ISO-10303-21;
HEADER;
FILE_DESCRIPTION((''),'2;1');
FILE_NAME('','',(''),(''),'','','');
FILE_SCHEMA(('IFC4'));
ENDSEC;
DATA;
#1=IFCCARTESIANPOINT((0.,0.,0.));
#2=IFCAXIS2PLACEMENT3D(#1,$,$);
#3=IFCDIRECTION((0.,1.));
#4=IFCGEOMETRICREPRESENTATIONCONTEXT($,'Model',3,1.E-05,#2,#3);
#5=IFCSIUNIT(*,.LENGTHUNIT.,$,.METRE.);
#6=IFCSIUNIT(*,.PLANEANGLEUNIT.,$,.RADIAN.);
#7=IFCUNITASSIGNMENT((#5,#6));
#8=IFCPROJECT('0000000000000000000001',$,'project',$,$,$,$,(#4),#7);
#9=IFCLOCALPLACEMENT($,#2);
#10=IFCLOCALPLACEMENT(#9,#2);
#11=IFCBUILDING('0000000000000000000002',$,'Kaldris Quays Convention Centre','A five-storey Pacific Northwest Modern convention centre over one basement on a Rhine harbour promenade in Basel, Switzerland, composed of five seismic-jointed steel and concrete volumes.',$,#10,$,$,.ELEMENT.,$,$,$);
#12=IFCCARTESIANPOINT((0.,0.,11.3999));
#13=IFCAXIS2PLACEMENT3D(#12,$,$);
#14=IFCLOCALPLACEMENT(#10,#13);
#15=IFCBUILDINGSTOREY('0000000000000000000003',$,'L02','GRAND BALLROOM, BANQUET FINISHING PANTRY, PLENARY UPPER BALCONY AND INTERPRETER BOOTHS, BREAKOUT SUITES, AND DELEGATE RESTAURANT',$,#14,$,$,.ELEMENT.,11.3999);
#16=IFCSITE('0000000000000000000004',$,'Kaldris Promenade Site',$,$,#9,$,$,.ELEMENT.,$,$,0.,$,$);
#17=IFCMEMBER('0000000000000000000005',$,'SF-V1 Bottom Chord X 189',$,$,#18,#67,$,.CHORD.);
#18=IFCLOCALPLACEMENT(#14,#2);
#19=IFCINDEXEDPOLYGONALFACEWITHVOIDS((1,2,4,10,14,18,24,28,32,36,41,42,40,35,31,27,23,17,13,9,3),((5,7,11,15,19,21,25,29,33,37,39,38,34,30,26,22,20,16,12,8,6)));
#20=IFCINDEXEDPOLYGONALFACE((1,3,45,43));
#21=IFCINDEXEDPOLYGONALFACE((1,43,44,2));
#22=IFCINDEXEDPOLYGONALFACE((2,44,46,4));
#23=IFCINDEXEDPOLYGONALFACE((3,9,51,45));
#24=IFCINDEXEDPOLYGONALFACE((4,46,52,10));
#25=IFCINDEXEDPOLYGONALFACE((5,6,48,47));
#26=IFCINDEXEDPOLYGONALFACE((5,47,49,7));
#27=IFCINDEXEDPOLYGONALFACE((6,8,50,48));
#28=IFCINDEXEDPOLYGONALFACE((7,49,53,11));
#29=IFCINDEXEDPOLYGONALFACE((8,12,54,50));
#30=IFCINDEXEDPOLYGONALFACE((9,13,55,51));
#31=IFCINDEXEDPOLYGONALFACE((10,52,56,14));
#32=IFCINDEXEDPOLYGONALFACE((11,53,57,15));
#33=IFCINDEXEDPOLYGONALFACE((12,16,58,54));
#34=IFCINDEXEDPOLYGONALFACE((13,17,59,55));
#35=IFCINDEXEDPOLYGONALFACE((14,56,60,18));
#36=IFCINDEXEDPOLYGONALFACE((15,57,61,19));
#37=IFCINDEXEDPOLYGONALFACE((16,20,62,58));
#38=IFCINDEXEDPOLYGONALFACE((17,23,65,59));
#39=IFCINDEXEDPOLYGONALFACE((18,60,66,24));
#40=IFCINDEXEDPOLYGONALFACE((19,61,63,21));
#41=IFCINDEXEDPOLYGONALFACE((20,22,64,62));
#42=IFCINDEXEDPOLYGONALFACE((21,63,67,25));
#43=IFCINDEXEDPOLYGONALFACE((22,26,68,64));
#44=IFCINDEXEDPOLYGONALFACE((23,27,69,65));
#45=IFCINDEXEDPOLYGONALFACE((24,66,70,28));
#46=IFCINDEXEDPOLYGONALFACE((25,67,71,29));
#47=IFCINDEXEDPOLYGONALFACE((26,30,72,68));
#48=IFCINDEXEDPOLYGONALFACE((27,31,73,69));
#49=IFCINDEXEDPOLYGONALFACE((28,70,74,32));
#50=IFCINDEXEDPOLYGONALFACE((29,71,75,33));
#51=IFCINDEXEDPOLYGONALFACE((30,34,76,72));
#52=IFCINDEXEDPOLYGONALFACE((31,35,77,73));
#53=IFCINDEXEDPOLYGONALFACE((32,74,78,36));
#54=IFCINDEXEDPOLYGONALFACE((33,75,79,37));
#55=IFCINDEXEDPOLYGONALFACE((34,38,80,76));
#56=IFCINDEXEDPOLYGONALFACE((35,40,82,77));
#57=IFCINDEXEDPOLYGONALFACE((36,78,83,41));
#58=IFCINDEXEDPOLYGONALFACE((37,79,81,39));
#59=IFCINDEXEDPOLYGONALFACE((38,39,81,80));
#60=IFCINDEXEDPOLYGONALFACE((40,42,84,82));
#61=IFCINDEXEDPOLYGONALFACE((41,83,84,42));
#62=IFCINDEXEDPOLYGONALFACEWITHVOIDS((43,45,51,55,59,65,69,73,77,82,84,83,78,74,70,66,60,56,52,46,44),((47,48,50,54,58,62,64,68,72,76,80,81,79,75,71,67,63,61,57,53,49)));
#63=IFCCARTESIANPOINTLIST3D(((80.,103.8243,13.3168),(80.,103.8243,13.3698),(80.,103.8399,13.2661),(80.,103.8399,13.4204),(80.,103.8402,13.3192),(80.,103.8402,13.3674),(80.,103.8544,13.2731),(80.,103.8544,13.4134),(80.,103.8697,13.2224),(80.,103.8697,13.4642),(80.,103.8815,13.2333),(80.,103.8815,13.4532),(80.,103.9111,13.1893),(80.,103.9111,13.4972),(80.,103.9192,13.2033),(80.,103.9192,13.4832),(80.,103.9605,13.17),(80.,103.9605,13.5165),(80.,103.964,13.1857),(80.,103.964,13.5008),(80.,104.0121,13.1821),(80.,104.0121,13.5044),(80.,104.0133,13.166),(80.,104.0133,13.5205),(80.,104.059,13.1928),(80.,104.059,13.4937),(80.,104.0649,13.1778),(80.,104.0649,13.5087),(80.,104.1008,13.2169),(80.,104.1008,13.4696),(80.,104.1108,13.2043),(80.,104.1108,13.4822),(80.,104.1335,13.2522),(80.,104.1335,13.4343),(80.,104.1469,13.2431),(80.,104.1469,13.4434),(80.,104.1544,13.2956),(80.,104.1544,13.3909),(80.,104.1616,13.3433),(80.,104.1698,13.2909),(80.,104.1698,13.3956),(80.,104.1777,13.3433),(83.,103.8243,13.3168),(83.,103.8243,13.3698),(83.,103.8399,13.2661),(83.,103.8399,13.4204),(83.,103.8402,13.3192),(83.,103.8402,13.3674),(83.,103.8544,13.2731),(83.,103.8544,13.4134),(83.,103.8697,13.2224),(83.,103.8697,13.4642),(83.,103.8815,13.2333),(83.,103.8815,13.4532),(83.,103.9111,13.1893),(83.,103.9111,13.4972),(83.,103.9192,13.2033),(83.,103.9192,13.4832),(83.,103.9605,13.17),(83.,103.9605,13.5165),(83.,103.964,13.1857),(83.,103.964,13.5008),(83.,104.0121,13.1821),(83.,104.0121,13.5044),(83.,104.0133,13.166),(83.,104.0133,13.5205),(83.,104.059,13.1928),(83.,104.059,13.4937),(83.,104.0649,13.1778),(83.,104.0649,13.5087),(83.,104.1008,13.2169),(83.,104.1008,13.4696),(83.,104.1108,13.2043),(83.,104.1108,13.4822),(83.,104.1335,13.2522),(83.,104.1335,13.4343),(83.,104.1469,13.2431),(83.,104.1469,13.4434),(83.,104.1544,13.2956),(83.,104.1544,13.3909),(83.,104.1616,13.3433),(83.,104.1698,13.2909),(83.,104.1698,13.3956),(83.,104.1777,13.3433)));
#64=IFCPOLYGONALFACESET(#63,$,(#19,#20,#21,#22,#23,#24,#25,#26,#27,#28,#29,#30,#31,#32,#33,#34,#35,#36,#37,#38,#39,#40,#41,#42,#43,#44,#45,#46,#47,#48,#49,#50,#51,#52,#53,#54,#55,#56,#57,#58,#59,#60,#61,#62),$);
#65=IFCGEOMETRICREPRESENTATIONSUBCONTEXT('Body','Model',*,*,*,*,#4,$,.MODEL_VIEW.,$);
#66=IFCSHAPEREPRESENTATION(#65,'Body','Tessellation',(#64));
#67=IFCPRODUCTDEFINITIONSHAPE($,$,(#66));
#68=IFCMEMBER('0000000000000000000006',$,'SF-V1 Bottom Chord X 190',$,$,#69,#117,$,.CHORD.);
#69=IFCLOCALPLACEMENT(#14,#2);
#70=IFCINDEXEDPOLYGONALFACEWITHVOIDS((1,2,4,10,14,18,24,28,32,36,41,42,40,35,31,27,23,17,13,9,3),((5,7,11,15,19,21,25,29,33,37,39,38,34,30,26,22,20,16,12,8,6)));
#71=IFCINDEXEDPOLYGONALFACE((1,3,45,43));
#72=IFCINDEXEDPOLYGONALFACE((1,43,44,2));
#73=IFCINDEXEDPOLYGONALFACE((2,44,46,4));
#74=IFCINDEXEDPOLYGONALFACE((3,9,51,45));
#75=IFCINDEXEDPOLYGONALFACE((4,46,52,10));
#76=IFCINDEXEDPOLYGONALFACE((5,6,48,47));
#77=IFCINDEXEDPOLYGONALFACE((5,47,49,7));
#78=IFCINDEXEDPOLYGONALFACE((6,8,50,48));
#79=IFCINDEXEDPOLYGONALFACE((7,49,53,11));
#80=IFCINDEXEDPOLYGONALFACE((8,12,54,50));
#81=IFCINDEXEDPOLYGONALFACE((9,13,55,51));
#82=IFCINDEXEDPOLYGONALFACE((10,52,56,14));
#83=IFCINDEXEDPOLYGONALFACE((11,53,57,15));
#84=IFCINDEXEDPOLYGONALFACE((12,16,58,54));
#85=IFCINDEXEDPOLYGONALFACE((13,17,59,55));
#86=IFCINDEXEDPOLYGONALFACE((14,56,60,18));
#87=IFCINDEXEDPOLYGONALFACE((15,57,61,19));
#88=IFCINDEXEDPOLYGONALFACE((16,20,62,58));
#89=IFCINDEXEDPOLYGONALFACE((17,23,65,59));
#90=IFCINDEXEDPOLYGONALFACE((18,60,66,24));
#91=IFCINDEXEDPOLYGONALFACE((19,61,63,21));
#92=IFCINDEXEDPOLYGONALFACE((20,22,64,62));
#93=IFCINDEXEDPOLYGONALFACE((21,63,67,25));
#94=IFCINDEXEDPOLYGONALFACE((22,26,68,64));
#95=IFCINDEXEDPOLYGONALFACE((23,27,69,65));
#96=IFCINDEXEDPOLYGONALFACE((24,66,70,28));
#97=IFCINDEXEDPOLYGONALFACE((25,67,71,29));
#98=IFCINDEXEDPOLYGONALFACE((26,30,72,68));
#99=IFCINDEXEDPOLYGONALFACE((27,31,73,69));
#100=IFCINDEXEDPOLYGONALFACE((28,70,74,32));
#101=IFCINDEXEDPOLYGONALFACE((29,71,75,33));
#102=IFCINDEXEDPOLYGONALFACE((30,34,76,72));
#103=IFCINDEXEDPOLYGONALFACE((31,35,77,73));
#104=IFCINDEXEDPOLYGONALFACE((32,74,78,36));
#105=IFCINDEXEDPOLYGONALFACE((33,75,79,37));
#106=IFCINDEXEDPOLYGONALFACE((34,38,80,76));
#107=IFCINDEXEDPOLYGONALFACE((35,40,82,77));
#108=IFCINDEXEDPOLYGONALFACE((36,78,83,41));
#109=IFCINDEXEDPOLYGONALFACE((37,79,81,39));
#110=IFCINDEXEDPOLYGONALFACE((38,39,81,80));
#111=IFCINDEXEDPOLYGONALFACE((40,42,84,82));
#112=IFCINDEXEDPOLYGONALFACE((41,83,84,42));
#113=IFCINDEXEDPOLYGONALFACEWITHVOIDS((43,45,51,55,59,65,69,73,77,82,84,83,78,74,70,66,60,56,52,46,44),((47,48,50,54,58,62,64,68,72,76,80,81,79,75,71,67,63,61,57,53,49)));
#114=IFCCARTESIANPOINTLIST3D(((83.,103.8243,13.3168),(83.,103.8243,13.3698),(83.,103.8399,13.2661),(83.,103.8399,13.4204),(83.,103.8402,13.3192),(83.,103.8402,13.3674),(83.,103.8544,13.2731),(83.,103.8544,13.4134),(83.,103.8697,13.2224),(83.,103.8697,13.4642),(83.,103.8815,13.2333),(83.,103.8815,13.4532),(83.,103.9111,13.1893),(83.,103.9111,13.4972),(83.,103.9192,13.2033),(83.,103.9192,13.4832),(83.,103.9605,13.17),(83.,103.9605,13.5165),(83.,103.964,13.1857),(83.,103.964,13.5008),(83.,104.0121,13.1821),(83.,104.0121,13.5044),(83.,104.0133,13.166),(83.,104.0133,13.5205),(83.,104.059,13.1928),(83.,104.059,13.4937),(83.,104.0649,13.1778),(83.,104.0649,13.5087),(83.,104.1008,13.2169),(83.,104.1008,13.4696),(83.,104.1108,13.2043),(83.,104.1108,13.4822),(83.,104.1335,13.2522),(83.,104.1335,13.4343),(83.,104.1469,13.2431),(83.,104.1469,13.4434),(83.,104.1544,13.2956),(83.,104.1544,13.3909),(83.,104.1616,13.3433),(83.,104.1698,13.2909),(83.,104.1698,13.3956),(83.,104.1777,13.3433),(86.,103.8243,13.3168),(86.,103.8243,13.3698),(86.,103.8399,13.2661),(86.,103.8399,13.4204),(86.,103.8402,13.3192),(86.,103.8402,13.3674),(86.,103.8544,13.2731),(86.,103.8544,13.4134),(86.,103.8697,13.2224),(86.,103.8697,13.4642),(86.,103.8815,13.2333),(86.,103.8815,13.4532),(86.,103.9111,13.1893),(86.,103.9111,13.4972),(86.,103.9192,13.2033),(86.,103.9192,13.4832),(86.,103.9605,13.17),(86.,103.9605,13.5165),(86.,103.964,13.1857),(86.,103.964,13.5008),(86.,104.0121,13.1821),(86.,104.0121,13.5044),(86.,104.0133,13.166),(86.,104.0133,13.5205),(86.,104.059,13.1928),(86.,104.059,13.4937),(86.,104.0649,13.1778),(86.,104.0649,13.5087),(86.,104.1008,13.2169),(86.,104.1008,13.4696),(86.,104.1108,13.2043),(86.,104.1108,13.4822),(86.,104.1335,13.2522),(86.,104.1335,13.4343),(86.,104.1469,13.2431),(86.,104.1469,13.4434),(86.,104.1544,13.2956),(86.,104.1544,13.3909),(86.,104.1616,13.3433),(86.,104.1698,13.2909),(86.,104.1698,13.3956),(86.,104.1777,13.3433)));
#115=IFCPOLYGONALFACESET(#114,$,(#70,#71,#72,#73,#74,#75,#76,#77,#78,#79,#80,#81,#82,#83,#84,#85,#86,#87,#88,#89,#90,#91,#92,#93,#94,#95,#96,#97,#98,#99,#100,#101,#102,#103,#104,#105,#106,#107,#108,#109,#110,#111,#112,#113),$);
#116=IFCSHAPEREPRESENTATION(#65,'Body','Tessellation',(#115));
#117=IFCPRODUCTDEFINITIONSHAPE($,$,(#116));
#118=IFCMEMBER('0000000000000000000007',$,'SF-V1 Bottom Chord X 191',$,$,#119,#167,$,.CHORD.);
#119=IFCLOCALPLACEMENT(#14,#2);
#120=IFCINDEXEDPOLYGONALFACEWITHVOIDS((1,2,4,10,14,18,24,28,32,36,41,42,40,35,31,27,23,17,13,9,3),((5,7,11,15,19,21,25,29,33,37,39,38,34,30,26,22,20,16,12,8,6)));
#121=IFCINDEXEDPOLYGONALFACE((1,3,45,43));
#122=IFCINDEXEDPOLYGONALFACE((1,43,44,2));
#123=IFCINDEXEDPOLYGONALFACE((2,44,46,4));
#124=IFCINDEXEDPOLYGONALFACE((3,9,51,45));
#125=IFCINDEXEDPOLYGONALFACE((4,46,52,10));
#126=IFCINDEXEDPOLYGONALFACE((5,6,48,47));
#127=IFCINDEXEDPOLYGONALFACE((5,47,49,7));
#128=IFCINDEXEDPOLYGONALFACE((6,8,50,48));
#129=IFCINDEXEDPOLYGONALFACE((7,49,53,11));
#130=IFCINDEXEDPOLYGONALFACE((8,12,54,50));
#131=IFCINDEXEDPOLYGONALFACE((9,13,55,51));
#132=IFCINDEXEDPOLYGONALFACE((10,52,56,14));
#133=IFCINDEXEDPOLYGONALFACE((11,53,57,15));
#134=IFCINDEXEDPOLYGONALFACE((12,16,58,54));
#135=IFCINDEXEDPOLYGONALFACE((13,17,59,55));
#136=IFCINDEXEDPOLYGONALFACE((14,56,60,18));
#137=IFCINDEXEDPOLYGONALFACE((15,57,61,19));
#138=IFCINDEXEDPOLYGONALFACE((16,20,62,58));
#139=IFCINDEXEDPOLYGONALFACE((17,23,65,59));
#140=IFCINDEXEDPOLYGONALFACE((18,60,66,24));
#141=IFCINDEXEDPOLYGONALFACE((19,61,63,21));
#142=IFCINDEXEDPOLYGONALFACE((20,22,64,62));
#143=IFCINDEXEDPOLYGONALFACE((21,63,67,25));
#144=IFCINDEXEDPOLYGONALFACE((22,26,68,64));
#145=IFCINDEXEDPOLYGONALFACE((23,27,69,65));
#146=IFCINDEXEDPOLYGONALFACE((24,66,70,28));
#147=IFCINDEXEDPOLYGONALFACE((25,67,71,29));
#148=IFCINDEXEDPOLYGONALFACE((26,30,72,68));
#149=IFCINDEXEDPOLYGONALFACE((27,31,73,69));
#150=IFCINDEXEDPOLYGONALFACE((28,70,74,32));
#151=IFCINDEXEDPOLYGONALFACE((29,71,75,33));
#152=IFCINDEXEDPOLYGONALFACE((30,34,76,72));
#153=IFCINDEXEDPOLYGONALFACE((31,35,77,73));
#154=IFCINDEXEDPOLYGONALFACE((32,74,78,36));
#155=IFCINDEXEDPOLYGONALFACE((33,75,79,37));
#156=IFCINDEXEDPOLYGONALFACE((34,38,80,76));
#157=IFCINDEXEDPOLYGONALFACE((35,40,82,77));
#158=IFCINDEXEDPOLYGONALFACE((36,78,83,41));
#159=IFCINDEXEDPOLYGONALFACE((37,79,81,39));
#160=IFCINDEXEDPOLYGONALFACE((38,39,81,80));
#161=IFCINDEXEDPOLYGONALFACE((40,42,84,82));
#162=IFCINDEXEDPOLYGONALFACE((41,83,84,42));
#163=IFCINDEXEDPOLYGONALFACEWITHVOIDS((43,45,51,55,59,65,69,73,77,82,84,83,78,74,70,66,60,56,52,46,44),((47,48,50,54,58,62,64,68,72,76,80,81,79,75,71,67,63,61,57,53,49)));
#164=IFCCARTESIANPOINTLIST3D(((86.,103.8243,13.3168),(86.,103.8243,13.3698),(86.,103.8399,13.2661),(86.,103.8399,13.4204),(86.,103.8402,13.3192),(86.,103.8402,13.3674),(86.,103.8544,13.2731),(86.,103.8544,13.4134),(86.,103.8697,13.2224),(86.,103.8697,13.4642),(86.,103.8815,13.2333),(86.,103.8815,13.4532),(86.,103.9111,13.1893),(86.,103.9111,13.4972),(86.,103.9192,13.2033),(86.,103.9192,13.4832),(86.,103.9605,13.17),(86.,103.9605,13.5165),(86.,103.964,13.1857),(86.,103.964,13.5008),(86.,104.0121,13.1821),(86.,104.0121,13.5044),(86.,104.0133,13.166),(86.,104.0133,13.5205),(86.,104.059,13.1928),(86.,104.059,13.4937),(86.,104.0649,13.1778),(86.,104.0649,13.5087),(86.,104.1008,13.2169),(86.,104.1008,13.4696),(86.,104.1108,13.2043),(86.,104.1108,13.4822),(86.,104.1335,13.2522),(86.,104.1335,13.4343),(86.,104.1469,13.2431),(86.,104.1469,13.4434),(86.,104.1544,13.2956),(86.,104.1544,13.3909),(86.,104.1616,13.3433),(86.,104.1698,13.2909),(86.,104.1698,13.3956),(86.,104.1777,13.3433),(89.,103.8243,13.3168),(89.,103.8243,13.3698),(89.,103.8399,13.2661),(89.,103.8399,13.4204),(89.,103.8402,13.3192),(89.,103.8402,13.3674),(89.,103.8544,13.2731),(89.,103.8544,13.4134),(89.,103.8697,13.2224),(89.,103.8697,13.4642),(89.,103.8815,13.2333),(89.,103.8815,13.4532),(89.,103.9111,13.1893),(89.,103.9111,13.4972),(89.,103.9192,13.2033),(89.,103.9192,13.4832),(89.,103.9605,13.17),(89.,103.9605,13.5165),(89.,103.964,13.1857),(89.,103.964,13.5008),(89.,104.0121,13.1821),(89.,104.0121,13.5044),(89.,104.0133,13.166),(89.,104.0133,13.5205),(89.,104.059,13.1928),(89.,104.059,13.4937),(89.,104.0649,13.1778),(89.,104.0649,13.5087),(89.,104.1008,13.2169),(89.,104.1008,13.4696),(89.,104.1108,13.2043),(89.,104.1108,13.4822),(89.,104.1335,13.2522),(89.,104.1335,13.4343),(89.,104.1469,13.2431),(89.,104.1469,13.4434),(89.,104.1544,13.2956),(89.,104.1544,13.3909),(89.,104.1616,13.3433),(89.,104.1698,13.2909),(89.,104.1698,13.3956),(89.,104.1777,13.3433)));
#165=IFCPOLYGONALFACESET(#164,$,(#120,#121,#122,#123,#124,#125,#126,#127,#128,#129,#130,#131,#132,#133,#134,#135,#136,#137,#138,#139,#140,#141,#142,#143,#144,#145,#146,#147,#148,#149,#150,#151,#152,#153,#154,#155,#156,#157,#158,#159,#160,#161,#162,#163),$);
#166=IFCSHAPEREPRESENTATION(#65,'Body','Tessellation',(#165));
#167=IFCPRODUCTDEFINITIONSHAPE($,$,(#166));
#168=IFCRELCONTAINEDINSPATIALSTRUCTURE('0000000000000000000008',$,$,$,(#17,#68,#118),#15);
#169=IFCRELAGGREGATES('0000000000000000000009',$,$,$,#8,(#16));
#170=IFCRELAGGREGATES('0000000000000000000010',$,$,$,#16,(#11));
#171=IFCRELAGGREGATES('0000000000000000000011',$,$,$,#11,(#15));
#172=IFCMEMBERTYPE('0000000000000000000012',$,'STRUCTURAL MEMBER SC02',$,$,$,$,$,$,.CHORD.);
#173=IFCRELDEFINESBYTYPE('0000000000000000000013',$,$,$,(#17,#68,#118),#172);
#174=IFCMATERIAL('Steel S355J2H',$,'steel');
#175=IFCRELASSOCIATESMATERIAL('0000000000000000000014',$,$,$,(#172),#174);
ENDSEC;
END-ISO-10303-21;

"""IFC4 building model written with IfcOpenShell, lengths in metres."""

from ifc_helpers import new_model, si_unit, direction, frame, origin, origin_2d, place, context, subcontext, project, spatial, hollow_circle, extrude, material, material_profile, profile_set, type_object, element, save


model = new_model("IFC4")

# Units and contexts
model_context = context("Model", 3, precision=1e-05, world=origin(), true_north=direction((0.0, 1.0)))
body_context = subcontext(model_context, "Body", "Model", "MODEL_VIEW")
ifc_project = project(units=[si_unit("LENGTHUNIT", "METRE"), si_unit("PLANEANGLEUNIT", "RADIAN")], contexts=[model_context])

# Site, building, storey
site_placement = place(None, origin())
site = spatial("IfcSite", under=ifc_project, at=site_placement, Name="Kaldris Promenade Site", CompositionType="ELEMENT", RefElevation=0.0)
building_placement = place(site_placement, origin())
building = spatial("IfcBuilding", under=site, at=building_placement, Name="Kaldris Quays Convention Centre", Description="A five-storey Pacific Northwest Modern convention centre over one basement on a Rhine harbour promenade in Basel, Switzerland, composed of five seismic-jointed steel and concrete volumes.", CompositionType="ELEMENT")
storey_placement = place(building_placement, frame((0.0, 0.0, 11.3999)))
storey = spatial("IfcBuildingStorey", under=building, at=storey_placement, Name="L02", Description="GRAND BALLROOM, BANQUET FINISHING PANTRY, PLENARY UPPER BALCONY AND INTERPRETER BOOTHS, BREAKOUT SUITES, AND DELEGATE RESTAURANT", CompositionType="ELEMENT", Elevation=11.3999)

# Members
ifc_material_1 = material(Name="Steel S355J2H", Category="steel")
ifc_material_profile_1 = material_profile(ifc_material_1, hollow_circle(Radius=0.1777, WallThickness=0.0161, at=origin_2d()), Name="CHS 355.6x16")
ifc_profile_set_1 = profile_set([ifc_material_profile_1], Name="Steel S355J2H")
member_type_1 = type_object("IfcMemberType", Name="STRUCTURAL MEMBER SC02", PredefinedType="CHORD", material=ifc_profile_set_1)
for number, where, z_axis, x_axis, name in (
    (1, (80.0, 104.0, 13.3433), (1.0, 0.0, 0.0), (0.0, 1.0, 0.0), "SF-V1 Bottom Chord X 189"),
    (2, (83.0, 104.0, 13.3433), (1.0, 0.0, 0.0), (0.0, 1.0, 0.0), "SF-V1 Bottom Chord X 190"),
    (3, (86.0, 104.0, 13.3433), (1.0, 0.0, 0.0), (0.0, 1.0, 0.0), "SF-V1 Bottom Chord X 191"),
):
    element("IfcMember", number, at=place(storey_placement, frame(where, z_axis=z_axis, x_axis=x_axis)), inside=storey, type_object=member_type_1, Name=name, PredefinedType="CHORD", context=body_context, shape_type="SweptSolid", body=[
        extrude(hollow_circle(Radius=0.1777, WallThickness=0.0161, at=origin_2d()), origin(), (0.0, 0.0, 1.0), 3.0),
    ])

save(model, "model.ifc")
